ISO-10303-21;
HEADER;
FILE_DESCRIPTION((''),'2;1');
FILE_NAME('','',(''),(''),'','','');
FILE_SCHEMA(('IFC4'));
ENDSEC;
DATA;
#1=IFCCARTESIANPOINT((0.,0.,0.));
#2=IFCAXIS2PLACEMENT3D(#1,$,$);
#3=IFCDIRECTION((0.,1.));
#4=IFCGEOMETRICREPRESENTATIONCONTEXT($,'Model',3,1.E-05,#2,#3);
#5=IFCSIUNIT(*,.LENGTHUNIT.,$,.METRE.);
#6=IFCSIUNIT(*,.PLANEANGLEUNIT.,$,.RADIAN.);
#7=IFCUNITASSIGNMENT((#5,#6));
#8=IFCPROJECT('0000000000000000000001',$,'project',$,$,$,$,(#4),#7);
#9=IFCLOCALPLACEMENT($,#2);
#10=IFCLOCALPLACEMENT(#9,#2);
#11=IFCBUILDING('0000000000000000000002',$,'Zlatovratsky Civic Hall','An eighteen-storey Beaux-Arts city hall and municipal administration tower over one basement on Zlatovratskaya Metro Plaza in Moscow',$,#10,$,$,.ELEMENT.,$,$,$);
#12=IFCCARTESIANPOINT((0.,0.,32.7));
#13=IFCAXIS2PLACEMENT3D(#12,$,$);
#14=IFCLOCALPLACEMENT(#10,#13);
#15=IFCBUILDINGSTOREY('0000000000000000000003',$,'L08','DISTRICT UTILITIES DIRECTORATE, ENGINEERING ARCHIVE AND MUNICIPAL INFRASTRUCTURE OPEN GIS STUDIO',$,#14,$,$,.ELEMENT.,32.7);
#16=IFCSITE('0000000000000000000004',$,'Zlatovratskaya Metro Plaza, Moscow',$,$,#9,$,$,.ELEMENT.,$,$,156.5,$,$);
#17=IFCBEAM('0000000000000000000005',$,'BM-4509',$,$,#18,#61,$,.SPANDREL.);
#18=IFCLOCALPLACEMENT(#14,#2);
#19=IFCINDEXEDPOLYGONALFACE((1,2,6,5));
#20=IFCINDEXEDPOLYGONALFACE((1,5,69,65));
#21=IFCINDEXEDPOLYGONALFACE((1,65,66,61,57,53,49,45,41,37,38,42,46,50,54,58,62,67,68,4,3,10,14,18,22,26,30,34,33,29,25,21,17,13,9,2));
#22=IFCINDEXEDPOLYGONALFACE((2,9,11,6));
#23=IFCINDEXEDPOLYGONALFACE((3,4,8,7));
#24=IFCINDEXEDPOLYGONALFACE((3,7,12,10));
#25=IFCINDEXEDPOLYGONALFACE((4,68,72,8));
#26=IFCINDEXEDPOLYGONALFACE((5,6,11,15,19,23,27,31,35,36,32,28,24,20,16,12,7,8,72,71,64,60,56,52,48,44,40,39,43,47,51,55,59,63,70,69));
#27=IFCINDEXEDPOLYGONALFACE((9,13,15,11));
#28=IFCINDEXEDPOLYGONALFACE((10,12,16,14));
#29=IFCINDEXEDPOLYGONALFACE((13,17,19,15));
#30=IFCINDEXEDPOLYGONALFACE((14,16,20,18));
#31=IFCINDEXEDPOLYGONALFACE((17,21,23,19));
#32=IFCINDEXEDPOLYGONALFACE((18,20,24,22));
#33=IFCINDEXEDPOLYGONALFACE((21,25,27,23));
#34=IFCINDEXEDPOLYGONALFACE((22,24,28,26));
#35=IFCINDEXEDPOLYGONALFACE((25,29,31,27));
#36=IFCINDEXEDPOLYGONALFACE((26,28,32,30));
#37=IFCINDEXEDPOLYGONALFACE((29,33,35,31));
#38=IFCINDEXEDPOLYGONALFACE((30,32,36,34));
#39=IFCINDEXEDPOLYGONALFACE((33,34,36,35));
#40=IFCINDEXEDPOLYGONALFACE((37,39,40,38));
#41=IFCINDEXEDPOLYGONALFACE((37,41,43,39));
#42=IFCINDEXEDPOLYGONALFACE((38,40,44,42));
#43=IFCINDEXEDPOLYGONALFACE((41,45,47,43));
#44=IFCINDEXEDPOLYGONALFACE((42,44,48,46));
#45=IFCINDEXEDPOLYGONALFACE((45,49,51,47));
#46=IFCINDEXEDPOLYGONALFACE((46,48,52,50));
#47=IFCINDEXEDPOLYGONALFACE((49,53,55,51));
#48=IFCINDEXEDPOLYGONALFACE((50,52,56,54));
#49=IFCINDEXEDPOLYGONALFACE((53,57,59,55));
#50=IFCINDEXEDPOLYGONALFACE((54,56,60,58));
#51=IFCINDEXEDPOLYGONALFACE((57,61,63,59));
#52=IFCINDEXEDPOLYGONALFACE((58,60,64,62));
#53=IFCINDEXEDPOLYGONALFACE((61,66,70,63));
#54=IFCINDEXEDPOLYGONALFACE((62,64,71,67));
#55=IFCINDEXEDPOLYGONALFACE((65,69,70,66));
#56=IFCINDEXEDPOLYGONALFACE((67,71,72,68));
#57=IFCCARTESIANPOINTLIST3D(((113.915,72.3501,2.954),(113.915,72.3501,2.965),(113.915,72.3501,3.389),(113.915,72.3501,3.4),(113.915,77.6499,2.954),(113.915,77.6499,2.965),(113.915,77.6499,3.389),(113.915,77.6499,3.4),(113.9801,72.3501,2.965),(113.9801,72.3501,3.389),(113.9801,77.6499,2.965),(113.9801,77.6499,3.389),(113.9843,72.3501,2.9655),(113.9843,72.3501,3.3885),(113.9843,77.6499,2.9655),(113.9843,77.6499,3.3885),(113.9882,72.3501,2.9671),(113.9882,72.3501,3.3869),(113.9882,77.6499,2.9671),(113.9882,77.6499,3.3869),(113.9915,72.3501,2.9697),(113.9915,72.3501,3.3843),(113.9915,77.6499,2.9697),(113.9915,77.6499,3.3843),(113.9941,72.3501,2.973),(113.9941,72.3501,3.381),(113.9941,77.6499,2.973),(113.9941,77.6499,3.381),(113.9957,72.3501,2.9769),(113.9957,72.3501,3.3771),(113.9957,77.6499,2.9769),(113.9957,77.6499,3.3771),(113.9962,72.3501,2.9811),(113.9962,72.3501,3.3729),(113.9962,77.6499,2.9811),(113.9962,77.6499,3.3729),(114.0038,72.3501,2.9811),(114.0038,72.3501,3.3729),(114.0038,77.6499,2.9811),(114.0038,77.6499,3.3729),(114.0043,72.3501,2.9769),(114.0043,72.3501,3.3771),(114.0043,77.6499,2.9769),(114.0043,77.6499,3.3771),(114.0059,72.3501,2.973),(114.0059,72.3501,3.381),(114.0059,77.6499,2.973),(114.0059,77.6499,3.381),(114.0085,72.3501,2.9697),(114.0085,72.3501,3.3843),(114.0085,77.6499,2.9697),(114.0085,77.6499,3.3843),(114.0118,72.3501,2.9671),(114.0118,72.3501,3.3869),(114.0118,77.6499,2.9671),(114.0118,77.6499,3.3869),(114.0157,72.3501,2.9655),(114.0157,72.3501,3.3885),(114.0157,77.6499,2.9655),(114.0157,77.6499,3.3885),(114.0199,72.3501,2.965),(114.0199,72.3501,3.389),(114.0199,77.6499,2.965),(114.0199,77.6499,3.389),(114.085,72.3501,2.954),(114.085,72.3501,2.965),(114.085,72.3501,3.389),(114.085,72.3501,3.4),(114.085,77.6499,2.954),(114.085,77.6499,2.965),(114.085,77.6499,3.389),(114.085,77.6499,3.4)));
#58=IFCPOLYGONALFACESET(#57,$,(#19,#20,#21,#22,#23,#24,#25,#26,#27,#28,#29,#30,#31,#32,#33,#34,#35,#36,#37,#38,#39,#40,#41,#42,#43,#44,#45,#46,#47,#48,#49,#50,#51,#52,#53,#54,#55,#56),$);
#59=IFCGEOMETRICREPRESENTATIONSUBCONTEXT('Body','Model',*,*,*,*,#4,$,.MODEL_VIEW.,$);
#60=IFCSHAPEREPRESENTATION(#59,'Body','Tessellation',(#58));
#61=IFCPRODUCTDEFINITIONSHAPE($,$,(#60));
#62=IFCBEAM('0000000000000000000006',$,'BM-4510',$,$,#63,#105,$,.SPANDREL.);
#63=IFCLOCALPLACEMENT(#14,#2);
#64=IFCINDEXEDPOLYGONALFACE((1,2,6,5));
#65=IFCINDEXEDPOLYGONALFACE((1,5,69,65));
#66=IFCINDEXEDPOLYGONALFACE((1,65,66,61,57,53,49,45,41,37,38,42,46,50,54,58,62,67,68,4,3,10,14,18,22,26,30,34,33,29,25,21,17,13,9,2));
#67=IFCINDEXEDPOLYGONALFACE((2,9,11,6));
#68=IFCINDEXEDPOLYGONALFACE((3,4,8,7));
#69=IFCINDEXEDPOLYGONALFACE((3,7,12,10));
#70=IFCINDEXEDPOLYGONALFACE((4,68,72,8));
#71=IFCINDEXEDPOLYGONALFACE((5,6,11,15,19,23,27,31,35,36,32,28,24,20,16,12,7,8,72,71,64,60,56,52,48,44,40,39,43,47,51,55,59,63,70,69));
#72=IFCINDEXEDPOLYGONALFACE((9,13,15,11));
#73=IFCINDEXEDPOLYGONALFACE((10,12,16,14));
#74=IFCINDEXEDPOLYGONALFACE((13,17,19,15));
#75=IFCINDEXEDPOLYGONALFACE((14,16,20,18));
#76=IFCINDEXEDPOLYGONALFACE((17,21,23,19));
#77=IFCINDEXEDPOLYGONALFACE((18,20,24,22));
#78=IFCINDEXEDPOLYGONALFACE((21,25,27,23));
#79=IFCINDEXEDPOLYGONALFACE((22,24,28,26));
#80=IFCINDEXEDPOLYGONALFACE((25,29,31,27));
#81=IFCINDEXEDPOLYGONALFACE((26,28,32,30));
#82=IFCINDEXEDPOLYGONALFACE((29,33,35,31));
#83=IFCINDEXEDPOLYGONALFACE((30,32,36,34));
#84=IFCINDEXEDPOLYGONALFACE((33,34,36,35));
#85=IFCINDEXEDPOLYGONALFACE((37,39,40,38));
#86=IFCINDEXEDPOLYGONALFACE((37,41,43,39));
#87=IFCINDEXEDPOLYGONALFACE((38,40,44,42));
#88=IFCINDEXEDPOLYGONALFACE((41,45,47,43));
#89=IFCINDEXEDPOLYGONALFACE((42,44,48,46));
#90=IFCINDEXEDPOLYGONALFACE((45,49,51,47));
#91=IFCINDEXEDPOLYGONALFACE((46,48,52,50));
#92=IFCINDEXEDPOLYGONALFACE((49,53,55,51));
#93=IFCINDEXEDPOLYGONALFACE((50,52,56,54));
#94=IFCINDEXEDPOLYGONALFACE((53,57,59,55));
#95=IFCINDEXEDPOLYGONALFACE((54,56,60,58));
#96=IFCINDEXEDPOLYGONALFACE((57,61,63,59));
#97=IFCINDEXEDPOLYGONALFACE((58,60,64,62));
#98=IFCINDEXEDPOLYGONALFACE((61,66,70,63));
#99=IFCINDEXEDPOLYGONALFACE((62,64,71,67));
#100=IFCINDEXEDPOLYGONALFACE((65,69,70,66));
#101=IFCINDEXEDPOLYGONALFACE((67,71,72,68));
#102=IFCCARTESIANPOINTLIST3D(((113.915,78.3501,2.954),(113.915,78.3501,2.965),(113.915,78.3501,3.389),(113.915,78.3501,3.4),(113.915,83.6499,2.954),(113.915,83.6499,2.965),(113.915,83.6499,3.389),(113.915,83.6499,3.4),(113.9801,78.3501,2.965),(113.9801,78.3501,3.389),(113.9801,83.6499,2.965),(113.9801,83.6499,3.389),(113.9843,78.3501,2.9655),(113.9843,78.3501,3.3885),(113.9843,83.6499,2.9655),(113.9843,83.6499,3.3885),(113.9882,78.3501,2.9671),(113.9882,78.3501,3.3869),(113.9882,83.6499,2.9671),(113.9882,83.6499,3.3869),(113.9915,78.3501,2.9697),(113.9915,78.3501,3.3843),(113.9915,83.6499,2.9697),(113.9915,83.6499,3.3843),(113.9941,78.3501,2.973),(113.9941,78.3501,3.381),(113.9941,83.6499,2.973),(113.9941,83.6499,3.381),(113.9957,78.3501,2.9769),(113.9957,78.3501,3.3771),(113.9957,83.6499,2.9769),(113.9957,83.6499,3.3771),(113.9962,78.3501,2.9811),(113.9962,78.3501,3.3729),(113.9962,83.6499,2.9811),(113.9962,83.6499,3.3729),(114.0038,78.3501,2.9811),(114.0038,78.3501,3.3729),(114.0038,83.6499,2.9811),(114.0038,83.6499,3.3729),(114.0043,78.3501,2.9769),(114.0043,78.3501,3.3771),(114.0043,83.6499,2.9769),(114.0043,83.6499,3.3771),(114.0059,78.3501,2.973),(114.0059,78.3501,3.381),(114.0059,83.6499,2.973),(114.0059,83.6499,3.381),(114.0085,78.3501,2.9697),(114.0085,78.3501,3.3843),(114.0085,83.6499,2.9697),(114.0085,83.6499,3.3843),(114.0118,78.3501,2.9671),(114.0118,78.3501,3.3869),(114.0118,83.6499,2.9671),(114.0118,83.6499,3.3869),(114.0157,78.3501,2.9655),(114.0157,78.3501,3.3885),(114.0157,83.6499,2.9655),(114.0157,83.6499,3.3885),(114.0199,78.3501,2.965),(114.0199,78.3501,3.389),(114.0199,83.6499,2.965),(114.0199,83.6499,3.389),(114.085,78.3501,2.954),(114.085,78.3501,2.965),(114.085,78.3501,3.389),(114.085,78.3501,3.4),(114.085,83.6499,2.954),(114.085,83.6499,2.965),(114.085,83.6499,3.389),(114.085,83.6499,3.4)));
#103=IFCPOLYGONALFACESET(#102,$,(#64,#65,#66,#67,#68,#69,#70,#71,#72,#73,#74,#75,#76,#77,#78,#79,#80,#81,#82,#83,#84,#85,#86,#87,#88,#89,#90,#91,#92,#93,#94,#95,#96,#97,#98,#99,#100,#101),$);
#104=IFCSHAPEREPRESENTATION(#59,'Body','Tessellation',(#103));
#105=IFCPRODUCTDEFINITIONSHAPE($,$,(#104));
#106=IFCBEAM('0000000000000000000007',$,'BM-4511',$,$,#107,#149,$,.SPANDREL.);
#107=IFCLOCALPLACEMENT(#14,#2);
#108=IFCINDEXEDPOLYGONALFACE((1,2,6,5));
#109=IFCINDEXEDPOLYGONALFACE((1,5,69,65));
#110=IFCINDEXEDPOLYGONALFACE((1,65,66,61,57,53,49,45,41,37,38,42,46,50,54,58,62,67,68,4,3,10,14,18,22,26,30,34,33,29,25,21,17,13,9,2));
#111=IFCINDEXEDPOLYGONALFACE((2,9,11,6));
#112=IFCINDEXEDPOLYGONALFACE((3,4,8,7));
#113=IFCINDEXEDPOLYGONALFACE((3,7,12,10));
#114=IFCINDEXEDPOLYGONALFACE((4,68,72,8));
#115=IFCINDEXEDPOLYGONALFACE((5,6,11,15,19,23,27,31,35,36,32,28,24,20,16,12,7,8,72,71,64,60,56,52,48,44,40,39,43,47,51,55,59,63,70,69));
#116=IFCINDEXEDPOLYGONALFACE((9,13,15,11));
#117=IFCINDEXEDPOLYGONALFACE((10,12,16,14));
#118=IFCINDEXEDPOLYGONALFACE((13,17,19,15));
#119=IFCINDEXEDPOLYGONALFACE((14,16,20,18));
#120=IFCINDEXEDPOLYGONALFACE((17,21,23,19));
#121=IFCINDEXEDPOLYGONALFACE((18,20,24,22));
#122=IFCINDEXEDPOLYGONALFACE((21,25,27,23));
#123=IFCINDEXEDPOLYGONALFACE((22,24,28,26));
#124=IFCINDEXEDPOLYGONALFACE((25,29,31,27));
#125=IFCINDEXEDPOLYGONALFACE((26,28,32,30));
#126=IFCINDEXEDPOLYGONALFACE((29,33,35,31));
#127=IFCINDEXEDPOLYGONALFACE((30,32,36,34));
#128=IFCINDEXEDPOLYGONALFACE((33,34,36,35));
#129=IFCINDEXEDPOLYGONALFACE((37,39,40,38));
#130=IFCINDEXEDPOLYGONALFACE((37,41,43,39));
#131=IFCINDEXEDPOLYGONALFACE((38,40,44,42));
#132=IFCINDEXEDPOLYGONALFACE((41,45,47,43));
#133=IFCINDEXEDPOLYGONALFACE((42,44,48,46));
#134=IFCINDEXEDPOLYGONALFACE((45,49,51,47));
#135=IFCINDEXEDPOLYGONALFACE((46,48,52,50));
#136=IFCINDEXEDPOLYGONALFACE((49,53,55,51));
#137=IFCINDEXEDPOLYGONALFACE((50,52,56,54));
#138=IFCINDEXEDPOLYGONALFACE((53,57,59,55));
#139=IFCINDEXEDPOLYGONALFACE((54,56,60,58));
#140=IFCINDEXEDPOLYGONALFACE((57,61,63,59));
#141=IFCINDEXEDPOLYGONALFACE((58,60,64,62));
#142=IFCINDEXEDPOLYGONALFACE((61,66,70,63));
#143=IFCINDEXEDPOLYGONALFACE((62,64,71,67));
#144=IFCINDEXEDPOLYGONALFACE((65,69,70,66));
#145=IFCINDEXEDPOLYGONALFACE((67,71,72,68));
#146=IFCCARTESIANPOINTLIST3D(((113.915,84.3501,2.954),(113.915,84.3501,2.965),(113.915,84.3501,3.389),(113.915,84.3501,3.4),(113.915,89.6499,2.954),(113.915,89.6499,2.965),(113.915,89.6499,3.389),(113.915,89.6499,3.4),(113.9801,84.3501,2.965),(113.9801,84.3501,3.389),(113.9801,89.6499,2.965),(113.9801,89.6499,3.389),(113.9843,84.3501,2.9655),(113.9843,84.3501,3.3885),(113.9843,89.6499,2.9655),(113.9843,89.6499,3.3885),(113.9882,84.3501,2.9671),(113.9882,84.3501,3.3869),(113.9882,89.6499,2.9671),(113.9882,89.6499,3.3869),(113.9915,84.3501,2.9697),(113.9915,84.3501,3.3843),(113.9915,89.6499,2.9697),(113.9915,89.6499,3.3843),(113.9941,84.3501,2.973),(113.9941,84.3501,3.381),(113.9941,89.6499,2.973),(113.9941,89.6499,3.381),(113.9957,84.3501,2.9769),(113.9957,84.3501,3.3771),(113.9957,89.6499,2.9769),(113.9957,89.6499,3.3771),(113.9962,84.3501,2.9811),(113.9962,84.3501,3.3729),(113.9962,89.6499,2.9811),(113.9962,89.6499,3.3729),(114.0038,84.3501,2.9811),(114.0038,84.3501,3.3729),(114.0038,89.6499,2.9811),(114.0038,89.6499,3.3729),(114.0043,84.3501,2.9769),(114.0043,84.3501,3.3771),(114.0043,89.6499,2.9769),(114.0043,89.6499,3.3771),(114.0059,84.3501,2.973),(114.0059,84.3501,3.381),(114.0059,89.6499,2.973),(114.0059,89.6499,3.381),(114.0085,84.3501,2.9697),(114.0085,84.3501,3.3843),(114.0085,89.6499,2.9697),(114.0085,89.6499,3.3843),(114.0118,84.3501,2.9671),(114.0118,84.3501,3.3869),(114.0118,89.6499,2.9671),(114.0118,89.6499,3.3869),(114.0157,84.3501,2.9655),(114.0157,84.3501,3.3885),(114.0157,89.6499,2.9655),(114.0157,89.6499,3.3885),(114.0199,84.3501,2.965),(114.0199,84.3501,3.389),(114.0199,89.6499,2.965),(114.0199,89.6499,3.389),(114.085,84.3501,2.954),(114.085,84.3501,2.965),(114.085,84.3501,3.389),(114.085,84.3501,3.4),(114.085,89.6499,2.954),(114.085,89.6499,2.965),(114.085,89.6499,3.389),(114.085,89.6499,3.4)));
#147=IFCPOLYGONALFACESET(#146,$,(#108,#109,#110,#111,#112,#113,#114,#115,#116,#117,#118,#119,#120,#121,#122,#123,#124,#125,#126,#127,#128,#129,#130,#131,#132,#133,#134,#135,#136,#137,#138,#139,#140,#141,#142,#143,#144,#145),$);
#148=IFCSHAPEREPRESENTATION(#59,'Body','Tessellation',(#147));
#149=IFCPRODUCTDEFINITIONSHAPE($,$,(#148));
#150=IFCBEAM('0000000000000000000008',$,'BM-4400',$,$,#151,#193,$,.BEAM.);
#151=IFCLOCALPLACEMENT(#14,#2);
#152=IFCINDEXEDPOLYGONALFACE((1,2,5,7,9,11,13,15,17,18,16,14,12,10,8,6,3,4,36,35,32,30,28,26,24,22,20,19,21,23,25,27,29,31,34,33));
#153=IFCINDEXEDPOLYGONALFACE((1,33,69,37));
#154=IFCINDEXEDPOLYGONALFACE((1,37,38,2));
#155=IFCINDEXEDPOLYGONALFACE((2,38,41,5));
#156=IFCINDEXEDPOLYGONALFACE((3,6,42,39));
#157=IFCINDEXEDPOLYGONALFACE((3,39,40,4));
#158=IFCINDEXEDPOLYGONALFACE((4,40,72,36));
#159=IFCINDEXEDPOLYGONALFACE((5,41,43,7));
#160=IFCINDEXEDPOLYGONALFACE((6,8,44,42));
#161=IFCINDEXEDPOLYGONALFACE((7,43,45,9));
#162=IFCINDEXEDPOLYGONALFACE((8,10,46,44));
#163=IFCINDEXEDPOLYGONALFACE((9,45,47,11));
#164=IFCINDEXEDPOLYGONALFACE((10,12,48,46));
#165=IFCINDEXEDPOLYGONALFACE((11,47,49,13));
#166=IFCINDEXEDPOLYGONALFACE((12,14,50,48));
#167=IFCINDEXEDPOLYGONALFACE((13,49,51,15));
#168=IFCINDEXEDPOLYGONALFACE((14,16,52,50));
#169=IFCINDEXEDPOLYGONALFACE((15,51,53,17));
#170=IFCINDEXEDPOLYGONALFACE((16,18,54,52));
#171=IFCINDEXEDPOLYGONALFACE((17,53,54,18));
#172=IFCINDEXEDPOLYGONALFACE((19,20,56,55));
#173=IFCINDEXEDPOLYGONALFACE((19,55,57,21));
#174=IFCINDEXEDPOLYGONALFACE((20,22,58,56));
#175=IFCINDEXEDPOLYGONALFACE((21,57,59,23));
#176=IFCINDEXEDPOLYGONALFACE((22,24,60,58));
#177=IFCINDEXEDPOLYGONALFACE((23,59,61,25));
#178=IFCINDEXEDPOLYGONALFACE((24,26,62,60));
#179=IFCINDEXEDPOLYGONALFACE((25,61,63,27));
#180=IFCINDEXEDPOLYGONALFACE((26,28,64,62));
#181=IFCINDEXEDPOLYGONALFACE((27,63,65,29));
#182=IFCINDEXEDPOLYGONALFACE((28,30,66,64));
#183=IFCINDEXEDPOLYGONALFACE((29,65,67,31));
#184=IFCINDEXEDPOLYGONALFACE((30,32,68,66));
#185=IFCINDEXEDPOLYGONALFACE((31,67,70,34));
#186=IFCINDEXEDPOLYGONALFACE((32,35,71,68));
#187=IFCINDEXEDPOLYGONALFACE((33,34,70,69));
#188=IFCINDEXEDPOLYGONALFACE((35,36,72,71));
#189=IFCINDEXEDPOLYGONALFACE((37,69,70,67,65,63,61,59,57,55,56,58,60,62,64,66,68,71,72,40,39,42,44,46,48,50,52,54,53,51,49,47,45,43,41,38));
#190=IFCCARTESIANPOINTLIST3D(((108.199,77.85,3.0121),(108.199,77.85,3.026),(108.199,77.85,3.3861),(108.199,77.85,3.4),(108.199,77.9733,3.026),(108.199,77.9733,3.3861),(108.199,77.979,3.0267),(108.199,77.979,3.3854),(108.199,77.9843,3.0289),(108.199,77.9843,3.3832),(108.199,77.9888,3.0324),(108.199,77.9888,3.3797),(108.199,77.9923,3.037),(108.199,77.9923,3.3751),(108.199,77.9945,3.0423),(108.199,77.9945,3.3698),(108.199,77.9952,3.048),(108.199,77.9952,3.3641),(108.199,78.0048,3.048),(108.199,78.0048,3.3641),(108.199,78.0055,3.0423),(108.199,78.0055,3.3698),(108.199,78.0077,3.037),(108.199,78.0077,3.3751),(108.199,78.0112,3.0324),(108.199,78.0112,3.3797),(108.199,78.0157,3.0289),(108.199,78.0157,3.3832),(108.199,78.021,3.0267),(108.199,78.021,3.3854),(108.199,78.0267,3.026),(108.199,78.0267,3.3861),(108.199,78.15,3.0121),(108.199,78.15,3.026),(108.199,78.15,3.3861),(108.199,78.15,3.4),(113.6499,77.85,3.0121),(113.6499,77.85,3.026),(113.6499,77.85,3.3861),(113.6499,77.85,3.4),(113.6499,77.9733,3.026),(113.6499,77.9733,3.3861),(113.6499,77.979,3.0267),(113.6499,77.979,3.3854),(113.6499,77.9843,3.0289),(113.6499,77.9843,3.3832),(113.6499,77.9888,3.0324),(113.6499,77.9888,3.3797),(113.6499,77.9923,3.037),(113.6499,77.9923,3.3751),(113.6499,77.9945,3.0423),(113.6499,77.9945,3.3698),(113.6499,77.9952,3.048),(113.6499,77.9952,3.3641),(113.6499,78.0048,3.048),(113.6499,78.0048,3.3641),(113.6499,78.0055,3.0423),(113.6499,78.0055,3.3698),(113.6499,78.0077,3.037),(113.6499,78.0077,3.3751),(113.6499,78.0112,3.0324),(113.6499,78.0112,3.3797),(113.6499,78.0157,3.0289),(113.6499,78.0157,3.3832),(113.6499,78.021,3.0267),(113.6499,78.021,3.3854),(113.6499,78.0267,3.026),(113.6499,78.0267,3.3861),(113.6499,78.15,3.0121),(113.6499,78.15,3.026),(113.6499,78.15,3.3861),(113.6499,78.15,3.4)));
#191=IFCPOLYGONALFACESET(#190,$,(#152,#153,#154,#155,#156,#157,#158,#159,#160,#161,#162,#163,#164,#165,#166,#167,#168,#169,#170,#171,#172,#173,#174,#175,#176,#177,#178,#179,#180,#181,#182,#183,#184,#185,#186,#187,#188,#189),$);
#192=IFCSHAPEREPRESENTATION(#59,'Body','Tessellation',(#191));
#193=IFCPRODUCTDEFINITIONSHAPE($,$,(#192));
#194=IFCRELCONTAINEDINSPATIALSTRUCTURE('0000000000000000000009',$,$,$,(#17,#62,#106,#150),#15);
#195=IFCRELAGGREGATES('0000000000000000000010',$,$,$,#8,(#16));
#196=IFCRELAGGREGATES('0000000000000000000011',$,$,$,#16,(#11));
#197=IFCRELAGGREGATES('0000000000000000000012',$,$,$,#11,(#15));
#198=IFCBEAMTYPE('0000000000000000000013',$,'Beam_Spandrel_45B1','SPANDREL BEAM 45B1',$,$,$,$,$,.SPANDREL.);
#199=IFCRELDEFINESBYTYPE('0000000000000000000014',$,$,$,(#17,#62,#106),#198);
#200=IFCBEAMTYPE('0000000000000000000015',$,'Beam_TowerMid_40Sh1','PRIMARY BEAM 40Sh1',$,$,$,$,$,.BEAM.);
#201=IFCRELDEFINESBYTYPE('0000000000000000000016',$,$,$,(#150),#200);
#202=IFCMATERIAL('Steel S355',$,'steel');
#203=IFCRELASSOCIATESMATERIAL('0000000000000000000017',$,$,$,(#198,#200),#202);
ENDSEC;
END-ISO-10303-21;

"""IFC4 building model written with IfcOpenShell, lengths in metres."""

from ifc_helpers import new_model, si_unit, direction, frame, origin, origin_2d, place, context, subcontext, project, spatial, i_section, extrude, material, material_profile, profile_set, type_object, element, save


model = new_model("IFC4")

# Units and contexts
model_context = context("Model", 3, precision=1e-05, world=origin(), true_north=direction((0.0, 1.0)))
body_context = subcontext(model_context, "Body", "Model", "MODEL_VIEW")
ifc_project = project(units=[si_unit("LENGTHUNIT", "METRE"), si_unit("PLANEANGLEUNIT", "RADIAN")], contexts=[model_context])

# Site, building, storey
site_placement = place(None, origin())
site = spatial("IfcSite", under=ifc_project, at=site_placement, Name="Zlatovratskaya Metro Plaza, Moscow", CompositionType="ELEMENT", RefElevation=156.5)
building_placement = place(site_placement, origin())
building = spatial("IfcBuilding", under=site, at=building_placement, Name="Zlatovratsky Civic Hall", Description="An eighteen-storey Beaux-Arts city hall and municipal administration tower over one basement on Zlatovratskaya Metro Plaza in Moscow", CompositionType="ELEMENT")
storey_placement = place(building_placement, frame((0.0, 0.0, 32.7)))
storey = spatial("IfcBuildingStorey", under=building, at=storey_placement, Name="L08", Description="DISTRICT UTILITIES DIRECTORATE, ENGINEERING ARCHIVE AND MUNICIPAL INFRASTRUCTURE OPEN GIS STUDIO", CompositionType="ELEMENT", Elevation=32.7)

# Shared definitions
ifc_material_1 = material(Name="Steel S355", Category="steel")

# Beams
ifc_material_profile_1 = material_profile(ifc_material_1, i_section(OverallWidth=0.1699, OverallDepth=0.446, WebThickness=0.0076, FlangeThickness=0.011, FilletRadius=0.0161, at=origin_2d()), Name="45B1")
ifc_profile_set_1 = profile_set([ifc_material_profile_1], Name="Steel S355")
beam_type_1 = type_object("IfcBeamType", Name="Beam_Spandrel_45B1", Description="SPANDREL BEAM 45B1", PredefinedType="SPANDREL", material=ifc_profile_set_1)
for number, where, z_axis, x_axis, name in (
    (1, (114.0, 72.3501, 3.177), (0.0, 1.0, 0.0), (-1.0, 0.0, 0.0), "BM-4509"),
    (2, (114.0, 78.3501, 3.177), (0.0, 1.0, 0.0), (-1.0, 0.0, 0.0), "BM-4510"),
    (3, (114.0, 84.3501, 3.177), (0.0, 1.0, 0.0), (-1.0, 0.0, 0.0), "BM-4511"),
):
    element("IfcBeam", number, at=place(storey_placement, frame(where, z_axis=z_axis, x_axis=x_axis)), inside=storey, type_object=beam_type_1, Name=name, PredefinedType="SPANDREL", context=body_context, shape_type="SweptSolid", body=[
        extrude(i_section(OverallWidth=0.1699, OverallDepth=0.446, WebThickness=0.0076, FlangeThickness=0.011, FilletRadius=0.0161, at=origin_2d()), origin(), (0.0, 0.0, 1.0), 5.2998),
    ])
ifc_material_profile_2 = material_profile(ifc_material_1, i_section(OverallWidth=0.3, OverallDepth=0.3879, WebThickness=0.0095, FlangeThickness=0.0139, FilletRadius=0.022, at=origin_2d()), Name="40Sh1")
ifc_profile_set_2 = profile_set([ifc_material_profile_2], Name="Steel S355")
beam_type_2 = type_object("IfcBeamType", Name="Beam_TowerMid_40Sh1", Description="PRIMARY BEAM 40Sh1", PredefinedType="BEAM", material=ifc_profile_set_2)
for number, where, z_axis, x_axis, name in (
    (4, (108.199, 78.0, 3.2061), (1.0, 0.0, 0.0), (0.0, 1.0, 0.0), "BM-4400"),
):
    element("IfcBeam", number, at=place(storey_placement, frame(where, z_axis=z_axis, x_axis=x_axis)), inside=storey, type_object=beam_type_2, Name=name, PredefinedType="BEAM", context=body_context, shape_type="SweptSolid", body=[
        extrude(i_section(OverallWidth=0.3, OverallDepth=0.3879, WebThickness=0.0095, FlangeThickness=0.0139, FilletRadius=0.022, at=origin_2d()), origin(), (0.0, 0.0, 1.0), 5.4509),
    ])

save(model, "model.ifc")
